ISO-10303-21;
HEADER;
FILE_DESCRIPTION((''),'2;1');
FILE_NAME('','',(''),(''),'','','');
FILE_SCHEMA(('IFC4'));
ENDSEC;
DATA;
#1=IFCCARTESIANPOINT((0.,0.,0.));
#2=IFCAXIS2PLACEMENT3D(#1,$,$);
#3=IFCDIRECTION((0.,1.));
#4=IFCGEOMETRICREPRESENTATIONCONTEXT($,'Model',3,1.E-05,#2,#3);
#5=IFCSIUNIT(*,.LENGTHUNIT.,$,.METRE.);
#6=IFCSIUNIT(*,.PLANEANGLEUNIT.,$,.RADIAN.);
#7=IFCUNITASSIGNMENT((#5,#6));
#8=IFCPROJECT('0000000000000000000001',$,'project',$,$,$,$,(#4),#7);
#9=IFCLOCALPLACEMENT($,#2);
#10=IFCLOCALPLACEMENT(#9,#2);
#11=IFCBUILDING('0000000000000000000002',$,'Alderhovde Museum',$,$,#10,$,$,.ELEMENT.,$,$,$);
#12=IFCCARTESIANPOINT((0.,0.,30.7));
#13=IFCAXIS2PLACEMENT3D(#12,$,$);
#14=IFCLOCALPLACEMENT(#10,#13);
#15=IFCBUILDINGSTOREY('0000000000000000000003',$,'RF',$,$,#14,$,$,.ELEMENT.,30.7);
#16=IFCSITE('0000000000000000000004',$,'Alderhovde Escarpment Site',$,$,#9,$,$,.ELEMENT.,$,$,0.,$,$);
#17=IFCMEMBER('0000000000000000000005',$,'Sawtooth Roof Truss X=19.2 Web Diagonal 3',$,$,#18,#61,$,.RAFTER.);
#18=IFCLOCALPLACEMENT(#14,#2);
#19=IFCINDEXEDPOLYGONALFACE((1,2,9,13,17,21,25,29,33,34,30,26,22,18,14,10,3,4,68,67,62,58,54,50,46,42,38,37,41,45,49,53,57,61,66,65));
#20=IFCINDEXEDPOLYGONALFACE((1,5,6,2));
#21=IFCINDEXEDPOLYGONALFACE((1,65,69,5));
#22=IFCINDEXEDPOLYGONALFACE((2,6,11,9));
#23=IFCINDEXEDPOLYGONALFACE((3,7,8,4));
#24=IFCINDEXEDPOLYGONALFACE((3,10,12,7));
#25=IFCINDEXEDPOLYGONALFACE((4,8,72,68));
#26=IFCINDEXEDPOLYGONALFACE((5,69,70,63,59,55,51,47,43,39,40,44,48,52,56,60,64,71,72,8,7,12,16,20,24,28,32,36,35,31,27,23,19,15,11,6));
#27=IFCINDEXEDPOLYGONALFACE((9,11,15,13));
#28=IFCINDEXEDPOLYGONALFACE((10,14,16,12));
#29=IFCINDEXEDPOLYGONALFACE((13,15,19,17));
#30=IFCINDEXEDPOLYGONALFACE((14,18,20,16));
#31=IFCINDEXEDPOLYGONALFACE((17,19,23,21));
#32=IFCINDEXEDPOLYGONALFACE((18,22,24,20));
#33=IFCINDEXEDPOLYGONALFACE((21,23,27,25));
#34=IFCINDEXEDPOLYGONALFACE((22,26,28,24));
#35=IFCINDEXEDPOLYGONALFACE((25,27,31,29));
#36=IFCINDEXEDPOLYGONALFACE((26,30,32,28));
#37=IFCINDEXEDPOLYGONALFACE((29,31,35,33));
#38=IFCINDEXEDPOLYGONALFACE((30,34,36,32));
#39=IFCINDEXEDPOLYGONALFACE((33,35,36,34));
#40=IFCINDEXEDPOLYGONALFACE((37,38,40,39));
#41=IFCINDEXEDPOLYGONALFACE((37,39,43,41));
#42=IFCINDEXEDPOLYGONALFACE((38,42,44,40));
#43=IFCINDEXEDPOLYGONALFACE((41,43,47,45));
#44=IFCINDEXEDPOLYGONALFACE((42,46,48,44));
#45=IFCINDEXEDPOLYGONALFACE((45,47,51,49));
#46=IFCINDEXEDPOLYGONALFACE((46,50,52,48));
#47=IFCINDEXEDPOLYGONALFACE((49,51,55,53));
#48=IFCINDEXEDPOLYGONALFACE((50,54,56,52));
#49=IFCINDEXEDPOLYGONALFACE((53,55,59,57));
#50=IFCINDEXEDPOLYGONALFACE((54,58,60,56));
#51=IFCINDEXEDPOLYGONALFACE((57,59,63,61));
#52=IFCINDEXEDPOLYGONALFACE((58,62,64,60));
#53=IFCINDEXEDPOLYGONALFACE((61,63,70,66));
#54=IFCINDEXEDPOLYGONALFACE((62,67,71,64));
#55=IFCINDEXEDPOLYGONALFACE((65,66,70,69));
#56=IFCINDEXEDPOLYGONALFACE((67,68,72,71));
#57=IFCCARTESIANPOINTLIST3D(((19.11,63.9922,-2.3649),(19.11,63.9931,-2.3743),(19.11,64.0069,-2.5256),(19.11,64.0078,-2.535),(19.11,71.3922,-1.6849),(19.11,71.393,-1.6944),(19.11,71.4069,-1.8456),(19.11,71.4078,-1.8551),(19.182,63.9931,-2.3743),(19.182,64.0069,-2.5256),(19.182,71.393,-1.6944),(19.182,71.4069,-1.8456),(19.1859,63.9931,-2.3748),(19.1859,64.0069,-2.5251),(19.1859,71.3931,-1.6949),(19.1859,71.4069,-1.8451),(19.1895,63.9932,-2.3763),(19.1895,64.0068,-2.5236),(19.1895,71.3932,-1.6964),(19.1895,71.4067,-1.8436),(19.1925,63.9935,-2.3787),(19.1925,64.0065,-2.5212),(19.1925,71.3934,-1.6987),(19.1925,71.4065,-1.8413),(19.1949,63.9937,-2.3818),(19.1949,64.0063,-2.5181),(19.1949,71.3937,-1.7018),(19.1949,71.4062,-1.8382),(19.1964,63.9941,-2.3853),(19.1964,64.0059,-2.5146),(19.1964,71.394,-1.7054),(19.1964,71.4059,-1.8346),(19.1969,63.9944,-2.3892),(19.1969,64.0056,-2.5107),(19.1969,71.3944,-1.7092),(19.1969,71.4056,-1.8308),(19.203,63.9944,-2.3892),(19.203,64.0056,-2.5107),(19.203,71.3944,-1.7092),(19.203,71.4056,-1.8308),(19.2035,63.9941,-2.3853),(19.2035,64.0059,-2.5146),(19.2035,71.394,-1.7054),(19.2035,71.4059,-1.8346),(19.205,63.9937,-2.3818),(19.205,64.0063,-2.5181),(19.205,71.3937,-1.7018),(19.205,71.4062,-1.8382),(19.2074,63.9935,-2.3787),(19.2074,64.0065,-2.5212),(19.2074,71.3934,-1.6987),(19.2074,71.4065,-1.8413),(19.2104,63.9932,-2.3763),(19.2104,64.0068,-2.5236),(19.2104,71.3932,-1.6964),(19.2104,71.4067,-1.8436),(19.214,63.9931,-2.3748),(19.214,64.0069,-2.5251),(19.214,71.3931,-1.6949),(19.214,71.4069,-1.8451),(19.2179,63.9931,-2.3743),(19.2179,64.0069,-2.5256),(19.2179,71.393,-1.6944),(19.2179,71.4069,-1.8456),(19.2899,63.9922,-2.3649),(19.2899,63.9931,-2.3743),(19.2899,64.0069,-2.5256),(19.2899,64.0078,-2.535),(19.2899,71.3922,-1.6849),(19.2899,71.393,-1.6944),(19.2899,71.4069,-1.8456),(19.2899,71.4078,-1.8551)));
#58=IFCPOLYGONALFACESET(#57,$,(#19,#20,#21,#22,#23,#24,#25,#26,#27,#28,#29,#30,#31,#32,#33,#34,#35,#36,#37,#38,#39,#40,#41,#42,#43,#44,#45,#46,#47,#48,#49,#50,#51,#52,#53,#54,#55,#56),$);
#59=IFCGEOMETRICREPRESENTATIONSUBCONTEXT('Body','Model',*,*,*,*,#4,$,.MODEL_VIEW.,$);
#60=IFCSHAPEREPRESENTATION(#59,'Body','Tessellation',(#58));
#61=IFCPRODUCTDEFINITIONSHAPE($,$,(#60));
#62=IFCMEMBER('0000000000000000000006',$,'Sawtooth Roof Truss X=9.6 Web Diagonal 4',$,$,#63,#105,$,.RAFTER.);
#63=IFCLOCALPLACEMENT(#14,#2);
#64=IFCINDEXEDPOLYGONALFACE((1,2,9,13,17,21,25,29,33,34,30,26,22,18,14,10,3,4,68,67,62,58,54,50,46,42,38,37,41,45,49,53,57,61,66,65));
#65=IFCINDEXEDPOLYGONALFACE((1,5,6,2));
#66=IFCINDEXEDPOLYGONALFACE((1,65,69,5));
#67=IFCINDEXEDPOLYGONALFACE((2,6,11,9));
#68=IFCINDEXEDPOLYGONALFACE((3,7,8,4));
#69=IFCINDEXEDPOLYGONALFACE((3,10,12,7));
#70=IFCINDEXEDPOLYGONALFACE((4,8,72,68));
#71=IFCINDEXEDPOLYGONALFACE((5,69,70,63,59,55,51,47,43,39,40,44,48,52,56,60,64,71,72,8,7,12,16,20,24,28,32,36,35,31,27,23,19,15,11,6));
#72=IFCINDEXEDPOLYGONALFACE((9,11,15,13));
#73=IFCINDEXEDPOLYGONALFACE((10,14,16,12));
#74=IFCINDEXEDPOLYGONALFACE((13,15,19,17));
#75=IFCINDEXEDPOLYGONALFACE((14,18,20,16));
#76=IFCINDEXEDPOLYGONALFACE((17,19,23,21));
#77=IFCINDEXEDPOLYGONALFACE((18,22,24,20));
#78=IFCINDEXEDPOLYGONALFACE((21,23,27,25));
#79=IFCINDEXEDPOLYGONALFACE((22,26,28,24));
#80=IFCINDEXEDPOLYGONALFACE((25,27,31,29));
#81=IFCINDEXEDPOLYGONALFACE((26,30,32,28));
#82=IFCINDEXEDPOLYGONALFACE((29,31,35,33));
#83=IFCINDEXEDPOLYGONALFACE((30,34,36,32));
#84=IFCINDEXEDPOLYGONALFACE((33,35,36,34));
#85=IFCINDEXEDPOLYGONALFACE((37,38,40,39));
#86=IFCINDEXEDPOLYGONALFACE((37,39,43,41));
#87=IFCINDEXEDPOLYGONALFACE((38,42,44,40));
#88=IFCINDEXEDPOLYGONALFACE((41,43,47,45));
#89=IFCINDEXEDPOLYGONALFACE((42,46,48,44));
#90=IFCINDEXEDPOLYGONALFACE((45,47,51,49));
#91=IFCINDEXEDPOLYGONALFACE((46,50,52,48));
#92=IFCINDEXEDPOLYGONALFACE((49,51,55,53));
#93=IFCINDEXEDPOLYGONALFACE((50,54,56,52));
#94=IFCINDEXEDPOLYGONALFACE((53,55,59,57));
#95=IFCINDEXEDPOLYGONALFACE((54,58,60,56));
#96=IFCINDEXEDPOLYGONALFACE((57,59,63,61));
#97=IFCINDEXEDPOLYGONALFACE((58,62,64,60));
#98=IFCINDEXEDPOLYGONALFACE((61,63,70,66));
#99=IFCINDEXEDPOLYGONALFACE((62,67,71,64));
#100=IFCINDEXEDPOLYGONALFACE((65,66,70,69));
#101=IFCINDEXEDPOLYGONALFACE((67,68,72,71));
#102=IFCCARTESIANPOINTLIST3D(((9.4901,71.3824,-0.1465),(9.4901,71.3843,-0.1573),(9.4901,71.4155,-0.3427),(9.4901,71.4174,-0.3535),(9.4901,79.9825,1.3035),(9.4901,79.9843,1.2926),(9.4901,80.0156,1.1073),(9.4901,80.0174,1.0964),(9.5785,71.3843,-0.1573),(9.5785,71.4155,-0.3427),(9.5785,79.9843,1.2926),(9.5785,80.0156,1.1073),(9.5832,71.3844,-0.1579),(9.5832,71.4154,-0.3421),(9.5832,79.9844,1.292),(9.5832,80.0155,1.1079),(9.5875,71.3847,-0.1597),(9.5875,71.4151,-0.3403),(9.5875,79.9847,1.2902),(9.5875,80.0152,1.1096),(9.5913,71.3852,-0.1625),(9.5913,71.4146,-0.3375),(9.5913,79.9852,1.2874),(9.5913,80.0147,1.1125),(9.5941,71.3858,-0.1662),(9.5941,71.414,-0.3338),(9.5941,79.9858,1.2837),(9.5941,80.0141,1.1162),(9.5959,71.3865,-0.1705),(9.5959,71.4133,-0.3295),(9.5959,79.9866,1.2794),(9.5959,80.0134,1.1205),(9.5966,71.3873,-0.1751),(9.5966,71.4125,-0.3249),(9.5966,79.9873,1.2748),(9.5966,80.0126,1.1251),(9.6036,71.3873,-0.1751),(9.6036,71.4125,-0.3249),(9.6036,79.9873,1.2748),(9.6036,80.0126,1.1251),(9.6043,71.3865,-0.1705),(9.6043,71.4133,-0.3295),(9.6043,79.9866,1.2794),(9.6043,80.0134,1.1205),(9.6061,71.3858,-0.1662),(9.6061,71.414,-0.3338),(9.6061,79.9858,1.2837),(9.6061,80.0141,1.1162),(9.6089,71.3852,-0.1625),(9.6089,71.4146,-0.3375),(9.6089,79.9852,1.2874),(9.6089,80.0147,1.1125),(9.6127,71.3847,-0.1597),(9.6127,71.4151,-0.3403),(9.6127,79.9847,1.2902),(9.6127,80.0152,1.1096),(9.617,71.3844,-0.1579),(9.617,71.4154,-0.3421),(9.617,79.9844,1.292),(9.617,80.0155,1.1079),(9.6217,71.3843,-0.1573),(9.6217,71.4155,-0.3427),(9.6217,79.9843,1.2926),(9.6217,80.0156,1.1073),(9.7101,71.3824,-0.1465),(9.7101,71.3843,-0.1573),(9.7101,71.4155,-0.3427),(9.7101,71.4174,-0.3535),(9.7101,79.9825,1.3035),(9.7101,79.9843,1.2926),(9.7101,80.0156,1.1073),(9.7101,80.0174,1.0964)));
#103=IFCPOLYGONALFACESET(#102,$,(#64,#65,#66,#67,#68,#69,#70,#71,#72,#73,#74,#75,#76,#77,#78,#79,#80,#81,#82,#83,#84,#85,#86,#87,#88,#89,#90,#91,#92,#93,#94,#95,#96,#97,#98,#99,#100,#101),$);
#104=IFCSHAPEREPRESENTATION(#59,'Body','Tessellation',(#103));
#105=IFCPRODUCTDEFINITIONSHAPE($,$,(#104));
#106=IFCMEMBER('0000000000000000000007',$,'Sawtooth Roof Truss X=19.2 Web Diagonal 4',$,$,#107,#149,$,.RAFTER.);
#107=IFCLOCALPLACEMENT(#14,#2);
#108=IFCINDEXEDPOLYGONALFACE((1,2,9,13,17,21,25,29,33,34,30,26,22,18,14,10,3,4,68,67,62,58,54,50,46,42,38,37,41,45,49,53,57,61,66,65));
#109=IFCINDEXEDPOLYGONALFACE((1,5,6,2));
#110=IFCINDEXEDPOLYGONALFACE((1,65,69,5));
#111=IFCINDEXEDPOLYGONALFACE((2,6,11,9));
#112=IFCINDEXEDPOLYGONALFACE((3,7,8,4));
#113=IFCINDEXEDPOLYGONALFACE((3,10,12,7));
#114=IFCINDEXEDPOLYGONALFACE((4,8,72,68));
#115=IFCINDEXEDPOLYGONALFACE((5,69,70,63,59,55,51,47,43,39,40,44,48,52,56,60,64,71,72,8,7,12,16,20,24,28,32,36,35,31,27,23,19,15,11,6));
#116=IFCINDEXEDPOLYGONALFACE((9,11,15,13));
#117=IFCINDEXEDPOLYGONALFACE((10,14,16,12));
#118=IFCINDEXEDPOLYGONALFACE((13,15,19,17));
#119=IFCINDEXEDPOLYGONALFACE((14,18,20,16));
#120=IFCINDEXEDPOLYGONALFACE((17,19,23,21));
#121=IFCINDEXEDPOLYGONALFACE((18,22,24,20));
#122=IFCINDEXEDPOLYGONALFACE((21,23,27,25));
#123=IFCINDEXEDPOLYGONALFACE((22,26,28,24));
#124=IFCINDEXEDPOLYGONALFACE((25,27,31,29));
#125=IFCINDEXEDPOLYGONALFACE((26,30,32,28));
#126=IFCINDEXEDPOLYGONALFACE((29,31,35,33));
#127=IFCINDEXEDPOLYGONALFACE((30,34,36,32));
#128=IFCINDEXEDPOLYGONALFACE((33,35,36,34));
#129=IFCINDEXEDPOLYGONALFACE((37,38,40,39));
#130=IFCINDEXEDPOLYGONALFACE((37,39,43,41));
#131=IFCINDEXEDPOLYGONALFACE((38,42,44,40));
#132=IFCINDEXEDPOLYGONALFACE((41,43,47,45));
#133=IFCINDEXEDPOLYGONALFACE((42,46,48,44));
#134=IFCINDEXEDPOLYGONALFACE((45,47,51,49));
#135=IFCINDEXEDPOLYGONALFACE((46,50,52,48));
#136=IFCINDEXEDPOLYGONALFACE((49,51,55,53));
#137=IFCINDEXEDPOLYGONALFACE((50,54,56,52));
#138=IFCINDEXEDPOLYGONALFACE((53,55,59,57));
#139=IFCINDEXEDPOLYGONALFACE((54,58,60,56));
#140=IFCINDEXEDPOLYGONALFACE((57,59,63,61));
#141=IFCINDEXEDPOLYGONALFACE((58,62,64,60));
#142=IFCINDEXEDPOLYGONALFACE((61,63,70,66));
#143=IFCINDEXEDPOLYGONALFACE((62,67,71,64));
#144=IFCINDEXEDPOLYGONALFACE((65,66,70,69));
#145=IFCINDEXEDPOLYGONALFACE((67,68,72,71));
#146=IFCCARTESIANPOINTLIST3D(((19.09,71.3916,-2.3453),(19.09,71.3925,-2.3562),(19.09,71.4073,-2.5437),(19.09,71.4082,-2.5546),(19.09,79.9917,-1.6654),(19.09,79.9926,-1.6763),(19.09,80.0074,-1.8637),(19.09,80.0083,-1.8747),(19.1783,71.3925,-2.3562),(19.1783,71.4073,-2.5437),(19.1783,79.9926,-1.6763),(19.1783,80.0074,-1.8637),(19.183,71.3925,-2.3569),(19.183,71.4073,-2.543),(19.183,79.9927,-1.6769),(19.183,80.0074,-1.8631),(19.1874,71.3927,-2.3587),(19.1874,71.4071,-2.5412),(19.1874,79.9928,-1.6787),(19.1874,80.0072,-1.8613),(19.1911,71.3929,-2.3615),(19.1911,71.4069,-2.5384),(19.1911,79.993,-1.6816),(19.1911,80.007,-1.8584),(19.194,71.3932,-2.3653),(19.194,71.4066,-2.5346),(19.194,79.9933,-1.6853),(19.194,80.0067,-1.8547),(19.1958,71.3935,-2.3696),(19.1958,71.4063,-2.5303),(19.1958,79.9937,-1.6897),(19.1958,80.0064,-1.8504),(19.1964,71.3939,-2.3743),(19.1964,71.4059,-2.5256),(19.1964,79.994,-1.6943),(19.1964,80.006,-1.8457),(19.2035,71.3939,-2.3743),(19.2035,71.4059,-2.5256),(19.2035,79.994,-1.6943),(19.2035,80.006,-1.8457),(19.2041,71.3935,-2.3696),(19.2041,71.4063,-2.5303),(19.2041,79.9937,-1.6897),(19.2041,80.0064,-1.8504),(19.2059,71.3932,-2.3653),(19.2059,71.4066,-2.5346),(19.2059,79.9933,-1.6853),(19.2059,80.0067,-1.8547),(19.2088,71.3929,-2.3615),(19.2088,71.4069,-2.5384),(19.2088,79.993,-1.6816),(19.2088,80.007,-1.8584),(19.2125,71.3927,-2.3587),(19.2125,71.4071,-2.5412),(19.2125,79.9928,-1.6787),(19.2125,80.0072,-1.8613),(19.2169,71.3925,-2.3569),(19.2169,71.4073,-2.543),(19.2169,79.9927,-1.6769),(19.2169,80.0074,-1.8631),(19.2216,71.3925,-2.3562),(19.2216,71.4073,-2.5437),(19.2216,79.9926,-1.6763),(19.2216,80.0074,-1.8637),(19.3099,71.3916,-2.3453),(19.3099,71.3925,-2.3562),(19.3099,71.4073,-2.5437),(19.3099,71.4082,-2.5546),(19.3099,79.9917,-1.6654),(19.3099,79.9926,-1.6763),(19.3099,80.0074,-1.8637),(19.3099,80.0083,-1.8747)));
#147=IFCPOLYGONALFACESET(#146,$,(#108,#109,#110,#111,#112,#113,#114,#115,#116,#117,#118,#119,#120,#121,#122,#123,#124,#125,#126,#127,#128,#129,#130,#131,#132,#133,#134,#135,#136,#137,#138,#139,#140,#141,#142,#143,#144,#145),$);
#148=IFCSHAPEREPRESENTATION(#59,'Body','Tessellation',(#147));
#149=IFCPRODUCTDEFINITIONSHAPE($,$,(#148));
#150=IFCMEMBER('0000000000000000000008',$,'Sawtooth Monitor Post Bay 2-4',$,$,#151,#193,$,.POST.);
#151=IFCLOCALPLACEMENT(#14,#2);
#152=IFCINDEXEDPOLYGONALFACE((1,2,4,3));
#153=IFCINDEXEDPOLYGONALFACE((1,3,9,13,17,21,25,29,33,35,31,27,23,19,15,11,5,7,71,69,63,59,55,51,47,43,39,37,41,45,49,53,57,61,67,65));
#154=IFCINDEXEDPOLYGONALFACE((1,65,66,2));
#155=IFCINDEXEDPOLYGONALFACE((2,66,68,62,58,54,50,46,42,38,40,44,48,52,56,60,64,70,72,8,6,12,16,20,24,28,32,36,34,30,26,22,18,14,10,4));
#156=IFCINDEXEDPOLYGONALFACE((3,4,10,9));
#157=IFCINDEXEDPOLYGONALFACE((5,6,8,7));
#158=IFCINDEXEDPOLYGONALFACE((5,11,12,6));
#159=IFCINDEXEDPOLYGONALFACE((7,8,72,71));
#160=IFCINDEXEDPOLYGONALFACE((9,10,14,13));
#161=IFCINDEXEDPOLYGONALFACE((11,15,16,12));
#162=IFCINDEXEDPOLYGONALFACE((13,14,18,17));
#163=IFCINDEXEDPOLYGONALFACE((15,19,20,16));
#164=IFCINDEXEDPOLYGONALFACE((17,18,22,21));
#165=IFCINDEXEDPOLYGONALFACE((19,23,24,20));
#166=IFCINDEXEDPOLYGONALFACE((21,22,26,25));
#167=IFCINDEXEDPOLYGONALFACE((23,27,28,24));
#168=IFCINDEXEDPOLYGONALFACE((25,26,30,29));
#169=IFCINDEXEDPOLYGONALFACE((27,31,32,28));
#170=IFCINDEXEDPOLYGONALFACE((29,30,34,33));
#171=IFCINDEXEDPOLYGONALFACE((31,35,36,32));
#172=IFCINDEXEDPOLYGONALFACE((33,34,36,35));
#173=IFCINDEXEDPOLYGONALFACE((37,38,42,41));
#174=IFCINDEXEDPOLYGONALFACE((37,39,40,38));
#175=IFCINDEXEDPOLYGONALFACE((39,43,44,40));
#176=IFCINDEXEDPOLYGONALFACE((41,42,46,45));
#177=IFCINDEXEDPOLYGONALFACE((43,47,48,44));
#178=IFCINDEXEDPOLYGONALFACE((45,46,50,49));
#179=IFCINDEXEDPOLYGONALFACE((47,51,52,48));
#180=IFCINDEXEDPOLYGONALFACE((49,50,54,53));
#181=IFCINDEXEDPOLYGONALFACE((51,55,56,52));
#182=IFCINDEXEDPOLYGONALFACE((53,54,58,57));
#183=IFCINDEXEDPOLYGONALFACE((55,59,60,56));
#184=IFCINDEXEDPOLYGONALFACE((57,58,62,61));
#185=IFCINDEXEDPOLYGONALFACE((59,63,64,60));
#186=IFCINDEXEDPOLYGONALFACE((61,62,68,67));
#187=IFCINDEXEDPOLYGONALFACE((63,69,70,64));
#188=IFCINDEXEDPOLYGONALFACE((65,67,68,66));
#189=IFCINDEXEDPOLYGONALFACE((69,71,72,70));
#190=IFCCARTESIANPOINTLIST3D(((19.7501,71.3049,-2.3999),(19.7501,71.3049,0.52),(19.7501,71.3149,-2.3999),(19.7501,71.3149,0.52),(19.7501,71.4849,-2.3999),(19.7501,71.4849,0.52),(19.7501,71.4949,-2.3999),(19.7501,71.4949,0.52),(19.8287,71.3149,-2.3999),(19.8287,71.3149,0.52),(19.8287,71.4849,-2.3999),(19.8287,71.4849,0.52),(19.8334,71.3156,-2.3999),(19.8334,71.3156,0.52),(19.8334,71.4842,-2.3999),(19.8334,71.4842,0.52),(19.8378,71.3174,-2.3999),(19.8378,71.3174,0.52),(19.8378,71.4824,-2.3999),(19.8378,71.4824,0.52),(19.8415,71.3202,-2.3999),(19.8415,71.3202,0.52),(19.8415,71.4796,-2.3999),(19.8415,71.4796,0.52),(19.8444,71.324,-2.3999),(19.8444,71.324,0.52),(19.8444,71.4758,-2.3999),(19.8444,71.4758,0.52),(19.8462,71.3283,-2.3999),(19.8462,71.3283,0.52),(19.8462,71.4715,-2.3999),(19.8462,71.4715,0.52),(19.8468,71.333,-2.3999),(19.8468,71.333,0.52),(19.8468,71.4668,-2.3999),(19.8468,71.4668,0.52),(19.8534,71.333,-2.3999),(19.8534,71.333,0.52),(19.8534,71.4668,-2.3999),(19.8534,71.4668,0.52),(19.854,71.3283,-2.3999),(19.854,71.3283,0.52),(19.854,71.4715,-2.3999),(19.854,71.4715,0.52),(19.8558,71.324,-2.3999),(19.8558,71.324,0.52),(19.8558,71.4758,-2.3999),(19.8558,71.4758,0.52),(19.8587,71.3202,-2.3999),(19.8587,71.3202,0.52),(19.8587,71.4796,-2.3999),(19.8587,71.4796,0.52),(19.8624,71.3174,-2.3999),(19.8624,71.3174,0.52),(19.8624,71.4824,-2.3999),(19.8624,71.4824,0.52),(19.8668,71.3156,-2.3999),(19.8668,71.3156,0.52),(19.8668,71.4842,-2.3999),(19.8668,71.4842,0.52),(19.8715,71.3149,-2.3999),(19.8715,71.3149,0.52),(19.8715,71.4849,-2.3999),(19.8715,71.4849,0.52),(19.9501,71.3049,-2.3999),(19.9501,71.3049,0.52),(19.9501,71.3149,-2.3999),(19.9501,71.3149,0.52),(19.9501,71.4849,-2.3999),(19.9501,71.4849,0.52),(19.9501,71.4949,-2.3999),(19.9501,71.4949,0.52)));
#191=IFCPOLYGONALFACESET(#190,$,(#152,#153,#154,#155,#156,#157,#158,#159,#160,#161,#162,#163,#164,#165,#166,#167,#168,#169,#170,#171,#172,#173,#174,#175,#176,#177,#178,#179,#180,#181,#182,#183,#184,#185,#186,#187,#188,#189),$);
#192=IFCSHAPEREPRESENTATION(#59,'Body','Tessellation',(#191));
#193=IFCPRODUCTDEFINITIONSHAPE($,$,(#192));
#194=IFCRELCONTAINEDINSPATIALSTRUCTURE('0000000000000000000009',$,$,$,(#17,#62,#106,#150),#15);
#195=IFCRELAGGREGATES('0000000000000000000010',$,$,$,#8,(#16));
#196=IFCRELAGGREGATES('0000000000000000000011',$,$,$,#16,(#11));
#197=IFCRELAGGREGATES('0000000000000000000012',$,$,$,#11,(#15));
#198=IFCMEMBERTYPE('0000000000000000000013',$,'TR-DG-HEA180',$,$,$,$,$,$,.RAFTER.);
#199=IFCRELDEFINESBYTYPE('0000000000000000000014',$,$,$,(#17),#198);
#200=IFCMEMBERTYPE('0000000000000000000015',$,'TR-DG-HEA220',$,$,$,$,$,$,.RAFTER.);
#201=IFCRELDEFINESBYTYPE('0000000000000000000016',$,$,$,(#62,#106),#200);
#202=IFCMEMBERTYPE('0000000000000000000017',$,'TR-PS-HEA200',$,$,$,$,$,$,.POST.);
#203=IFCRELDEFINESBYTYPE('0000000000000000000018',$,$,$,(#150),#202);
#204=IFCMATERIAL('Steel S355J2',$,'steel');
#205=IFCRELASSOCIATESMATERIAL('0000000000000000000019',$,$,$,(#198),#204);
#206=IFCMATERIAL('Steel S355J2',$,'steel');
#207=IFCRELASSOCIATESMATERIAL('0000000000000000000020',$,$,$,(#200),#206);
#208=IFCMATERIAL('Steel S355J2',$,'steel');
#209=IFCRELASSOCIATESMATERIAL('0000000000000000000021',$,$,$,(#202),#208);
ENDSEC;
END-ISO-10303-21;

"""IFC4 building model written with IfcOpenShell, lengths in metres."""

from ifc_helpers import new_model, si_unit, direction, frame, origin, origin_2d, place, context, subcontext, project, spatial, i_section, extrude, material, material_profile, profile_set, type_object, element, save


model = new_model("IFC4")

# Units and contexts
model_context = context("Model", 3, precision=1e-05, world=origin(), true_north=direction((0.0, 1.0)))
body_context = subcontext(model_context, "Body", "Model", "MODEL_VIEW")
ifc_project = project(units=[si_unit("LENGTHUNIT", "METRE"), si_unit("PLANEANGLEUNIT", "RADIAN")], contexts=[model_context])

# Site, building, storey
site_placement = place(None, origin())
site = spatial("IfcSite", under=ifc_project, at=site_placement, Name="Alderhovde Escarpment Site", CompositionType="ELEMENT", RefElevation=0.0)
building_placement = place(site_placement, origin())
building = spatial("IfcBuilding", under=site, at=building_placement, Name="Alderhovde Museum", CompositionType="ELEMENT")
storey_placement = place(building_placement, frame((0.0, 0.0, 30.7)))
storey = spatial("IfcBuildingStorey", under=building, at=storey_placement, Name="RF", CompositionType="ELEMENT", Elevation=30.7)

# Members
ifc_material_1 = material(Name="Steel S355J2", Category="steel")
ifc_material_profile_1 = material_profile(ifc_material_1, i_section(OverallWidth=0.1799, OverallDepth=0.1709, WebThickness=0.0061, FlangeThickness=0.0095, FilletRadius=0.0149, at=origin_2d()), Name="HEA 180")
ifc_profile_set_1 = profile_set([ifc_material_profile_1], Name="Steel S355J2")
member_type_1 = type_object("IfcMemberType", Name="TR-DG-HEA180", PredefinedType="RAFTER", material=ifc_profile_set_1)
member_1_placement = place(storey_placement, frame((19.2, 64.0, -2.45), z_axis=(0.0, 0.995805, 0.091498), x_axis=(-1.0, 0.0, 0.0)))
element("IfcMember", 1, at=member_1_placement, inside=storey, type_object=member_type_1, Name="Sawtooth Roof Truss X=19.2 Web Diagonal 3", PredefinedType="RAFTER", context=body_context, shape_type="SweptSolid", body=[
    extrude(i_section(OverallWidth=0.1799, OverallDepth=0.1709, WebThickness=0.0061, FlangeThickness=0.0095, FilletRadius=0.0149, at=origin_2d()), origin(), (0.0, 0.0, 1.0), 7.4312),
])
ifc_material_2 = material(Name="Steel S355J2", Category="steel")
ifc_material_profile_2 = material_profile(ifc_material_2, i_section(OverallWidth=0.22, OverallDepth=0.21, WebThickness=0.0071, FlangeThickness=0.011, FilletRadius=0.0181, at=origin_2d()), Name="HEA 220")
ifc_profile_set_2 = profile_set([ifc_material_profile_2], Name="Steel S355J2")
member_type_2 = type_object("IfcMemberType", Name="TR-DG-HEA220", PredefinedType="RAFTER", material=ifc_profile_set_2)
member_2_placement = place(storey_placement, frame((9.6001, 71.3999, -0.25), z_axis=(0.0, 0.986084, 0.166251), x_axis=(-1.0, 0.0, 0.0)))
element("IfcMember", 2, at=member_2_placement, inside=storey, type_object=member_type_2, Name="Sawtooth Roof Truss X=9.6 Web Diagonal 4", PredefinedType="RAFTER", context=body_context, shape_type="SweptSolid", body=[
    extrude(i_section(OverallWidth=0.22, OverallDepth=0.21, WebThickness=0.0071, FlangeThickness=0.011, FilletRadius=0.0181, at=origin_2d()), origin(), (0.0, 0.0, 1.0), 8.7214),
])
member_3_placement = place(storey_placement, frame((19.2, 71.3999, -2.45), z_axis=(0.0, 0.996889, 0.078815), x_axis=(-1.0, 0.0, 0.0)))
element("IfcMember", 3, at=member_3_placement, inside=storey, type_object=member_type_2, Name="Sawtooth Roof Truss X=19.2 Web Diagonal 4", PredefinedType="RAFTER", context=body_context, shape_type="SweptSolid", body=[
    extrude(i_section(OverallWidth=0.22, OverallDepth=0.21, WebThickness=0.0071, FlangeThickness=0.011, FilletRadius=0.0181, at=origin_2d()), origin(), (0.0, 0.0, 1.0), 8.627),
])
ifc_material_3 = material(Name="Steel S355J2", Category="steel")
ifc_material_profile_3 = material_profile(ifc_material_3, i_section(OverallWidth=0.2, OverallDepth=0.1899, WebThickness=0.0066, FlangeThickness=0.01, FilletRadius=0.0181, at=origin_2d()), Name="HEA 200")
ifc_profile_set_3 = profile_set([ifc_material_profile_3], Name="Steel S355J2")
member_type_3 = type_object("IfcMemberType", Name="TR-PS-HEA200", PredefinedType="POST", material=ifc_profile_set_3)
member_4_placement = place(storey_placement, frame((19.8501, 71.3999, -2.3999), z_axis=(0.0, 0.0, 1.0), x_axis=(1.0, 0.0, 0.0)))
element("IfcMember", 4, at=member_4_placement, inside=storey, type_object=member_type_3, Name="Sawtooth Monitor Post Bay 2-4", PredefinedType="POST", context=body_context, shape_type="SweptSolid", body=[
    extrude(i_section(OverallWidth=0.2, OverallDepth=0.1899, WebThickness=0.0066, FlangeThickness=0.01, FilletRadius=0.0181, at=origin_2d()), origin(), (0.0, 0.0, 1.0), 2.9199),
])

save(model, "model.ifc")
